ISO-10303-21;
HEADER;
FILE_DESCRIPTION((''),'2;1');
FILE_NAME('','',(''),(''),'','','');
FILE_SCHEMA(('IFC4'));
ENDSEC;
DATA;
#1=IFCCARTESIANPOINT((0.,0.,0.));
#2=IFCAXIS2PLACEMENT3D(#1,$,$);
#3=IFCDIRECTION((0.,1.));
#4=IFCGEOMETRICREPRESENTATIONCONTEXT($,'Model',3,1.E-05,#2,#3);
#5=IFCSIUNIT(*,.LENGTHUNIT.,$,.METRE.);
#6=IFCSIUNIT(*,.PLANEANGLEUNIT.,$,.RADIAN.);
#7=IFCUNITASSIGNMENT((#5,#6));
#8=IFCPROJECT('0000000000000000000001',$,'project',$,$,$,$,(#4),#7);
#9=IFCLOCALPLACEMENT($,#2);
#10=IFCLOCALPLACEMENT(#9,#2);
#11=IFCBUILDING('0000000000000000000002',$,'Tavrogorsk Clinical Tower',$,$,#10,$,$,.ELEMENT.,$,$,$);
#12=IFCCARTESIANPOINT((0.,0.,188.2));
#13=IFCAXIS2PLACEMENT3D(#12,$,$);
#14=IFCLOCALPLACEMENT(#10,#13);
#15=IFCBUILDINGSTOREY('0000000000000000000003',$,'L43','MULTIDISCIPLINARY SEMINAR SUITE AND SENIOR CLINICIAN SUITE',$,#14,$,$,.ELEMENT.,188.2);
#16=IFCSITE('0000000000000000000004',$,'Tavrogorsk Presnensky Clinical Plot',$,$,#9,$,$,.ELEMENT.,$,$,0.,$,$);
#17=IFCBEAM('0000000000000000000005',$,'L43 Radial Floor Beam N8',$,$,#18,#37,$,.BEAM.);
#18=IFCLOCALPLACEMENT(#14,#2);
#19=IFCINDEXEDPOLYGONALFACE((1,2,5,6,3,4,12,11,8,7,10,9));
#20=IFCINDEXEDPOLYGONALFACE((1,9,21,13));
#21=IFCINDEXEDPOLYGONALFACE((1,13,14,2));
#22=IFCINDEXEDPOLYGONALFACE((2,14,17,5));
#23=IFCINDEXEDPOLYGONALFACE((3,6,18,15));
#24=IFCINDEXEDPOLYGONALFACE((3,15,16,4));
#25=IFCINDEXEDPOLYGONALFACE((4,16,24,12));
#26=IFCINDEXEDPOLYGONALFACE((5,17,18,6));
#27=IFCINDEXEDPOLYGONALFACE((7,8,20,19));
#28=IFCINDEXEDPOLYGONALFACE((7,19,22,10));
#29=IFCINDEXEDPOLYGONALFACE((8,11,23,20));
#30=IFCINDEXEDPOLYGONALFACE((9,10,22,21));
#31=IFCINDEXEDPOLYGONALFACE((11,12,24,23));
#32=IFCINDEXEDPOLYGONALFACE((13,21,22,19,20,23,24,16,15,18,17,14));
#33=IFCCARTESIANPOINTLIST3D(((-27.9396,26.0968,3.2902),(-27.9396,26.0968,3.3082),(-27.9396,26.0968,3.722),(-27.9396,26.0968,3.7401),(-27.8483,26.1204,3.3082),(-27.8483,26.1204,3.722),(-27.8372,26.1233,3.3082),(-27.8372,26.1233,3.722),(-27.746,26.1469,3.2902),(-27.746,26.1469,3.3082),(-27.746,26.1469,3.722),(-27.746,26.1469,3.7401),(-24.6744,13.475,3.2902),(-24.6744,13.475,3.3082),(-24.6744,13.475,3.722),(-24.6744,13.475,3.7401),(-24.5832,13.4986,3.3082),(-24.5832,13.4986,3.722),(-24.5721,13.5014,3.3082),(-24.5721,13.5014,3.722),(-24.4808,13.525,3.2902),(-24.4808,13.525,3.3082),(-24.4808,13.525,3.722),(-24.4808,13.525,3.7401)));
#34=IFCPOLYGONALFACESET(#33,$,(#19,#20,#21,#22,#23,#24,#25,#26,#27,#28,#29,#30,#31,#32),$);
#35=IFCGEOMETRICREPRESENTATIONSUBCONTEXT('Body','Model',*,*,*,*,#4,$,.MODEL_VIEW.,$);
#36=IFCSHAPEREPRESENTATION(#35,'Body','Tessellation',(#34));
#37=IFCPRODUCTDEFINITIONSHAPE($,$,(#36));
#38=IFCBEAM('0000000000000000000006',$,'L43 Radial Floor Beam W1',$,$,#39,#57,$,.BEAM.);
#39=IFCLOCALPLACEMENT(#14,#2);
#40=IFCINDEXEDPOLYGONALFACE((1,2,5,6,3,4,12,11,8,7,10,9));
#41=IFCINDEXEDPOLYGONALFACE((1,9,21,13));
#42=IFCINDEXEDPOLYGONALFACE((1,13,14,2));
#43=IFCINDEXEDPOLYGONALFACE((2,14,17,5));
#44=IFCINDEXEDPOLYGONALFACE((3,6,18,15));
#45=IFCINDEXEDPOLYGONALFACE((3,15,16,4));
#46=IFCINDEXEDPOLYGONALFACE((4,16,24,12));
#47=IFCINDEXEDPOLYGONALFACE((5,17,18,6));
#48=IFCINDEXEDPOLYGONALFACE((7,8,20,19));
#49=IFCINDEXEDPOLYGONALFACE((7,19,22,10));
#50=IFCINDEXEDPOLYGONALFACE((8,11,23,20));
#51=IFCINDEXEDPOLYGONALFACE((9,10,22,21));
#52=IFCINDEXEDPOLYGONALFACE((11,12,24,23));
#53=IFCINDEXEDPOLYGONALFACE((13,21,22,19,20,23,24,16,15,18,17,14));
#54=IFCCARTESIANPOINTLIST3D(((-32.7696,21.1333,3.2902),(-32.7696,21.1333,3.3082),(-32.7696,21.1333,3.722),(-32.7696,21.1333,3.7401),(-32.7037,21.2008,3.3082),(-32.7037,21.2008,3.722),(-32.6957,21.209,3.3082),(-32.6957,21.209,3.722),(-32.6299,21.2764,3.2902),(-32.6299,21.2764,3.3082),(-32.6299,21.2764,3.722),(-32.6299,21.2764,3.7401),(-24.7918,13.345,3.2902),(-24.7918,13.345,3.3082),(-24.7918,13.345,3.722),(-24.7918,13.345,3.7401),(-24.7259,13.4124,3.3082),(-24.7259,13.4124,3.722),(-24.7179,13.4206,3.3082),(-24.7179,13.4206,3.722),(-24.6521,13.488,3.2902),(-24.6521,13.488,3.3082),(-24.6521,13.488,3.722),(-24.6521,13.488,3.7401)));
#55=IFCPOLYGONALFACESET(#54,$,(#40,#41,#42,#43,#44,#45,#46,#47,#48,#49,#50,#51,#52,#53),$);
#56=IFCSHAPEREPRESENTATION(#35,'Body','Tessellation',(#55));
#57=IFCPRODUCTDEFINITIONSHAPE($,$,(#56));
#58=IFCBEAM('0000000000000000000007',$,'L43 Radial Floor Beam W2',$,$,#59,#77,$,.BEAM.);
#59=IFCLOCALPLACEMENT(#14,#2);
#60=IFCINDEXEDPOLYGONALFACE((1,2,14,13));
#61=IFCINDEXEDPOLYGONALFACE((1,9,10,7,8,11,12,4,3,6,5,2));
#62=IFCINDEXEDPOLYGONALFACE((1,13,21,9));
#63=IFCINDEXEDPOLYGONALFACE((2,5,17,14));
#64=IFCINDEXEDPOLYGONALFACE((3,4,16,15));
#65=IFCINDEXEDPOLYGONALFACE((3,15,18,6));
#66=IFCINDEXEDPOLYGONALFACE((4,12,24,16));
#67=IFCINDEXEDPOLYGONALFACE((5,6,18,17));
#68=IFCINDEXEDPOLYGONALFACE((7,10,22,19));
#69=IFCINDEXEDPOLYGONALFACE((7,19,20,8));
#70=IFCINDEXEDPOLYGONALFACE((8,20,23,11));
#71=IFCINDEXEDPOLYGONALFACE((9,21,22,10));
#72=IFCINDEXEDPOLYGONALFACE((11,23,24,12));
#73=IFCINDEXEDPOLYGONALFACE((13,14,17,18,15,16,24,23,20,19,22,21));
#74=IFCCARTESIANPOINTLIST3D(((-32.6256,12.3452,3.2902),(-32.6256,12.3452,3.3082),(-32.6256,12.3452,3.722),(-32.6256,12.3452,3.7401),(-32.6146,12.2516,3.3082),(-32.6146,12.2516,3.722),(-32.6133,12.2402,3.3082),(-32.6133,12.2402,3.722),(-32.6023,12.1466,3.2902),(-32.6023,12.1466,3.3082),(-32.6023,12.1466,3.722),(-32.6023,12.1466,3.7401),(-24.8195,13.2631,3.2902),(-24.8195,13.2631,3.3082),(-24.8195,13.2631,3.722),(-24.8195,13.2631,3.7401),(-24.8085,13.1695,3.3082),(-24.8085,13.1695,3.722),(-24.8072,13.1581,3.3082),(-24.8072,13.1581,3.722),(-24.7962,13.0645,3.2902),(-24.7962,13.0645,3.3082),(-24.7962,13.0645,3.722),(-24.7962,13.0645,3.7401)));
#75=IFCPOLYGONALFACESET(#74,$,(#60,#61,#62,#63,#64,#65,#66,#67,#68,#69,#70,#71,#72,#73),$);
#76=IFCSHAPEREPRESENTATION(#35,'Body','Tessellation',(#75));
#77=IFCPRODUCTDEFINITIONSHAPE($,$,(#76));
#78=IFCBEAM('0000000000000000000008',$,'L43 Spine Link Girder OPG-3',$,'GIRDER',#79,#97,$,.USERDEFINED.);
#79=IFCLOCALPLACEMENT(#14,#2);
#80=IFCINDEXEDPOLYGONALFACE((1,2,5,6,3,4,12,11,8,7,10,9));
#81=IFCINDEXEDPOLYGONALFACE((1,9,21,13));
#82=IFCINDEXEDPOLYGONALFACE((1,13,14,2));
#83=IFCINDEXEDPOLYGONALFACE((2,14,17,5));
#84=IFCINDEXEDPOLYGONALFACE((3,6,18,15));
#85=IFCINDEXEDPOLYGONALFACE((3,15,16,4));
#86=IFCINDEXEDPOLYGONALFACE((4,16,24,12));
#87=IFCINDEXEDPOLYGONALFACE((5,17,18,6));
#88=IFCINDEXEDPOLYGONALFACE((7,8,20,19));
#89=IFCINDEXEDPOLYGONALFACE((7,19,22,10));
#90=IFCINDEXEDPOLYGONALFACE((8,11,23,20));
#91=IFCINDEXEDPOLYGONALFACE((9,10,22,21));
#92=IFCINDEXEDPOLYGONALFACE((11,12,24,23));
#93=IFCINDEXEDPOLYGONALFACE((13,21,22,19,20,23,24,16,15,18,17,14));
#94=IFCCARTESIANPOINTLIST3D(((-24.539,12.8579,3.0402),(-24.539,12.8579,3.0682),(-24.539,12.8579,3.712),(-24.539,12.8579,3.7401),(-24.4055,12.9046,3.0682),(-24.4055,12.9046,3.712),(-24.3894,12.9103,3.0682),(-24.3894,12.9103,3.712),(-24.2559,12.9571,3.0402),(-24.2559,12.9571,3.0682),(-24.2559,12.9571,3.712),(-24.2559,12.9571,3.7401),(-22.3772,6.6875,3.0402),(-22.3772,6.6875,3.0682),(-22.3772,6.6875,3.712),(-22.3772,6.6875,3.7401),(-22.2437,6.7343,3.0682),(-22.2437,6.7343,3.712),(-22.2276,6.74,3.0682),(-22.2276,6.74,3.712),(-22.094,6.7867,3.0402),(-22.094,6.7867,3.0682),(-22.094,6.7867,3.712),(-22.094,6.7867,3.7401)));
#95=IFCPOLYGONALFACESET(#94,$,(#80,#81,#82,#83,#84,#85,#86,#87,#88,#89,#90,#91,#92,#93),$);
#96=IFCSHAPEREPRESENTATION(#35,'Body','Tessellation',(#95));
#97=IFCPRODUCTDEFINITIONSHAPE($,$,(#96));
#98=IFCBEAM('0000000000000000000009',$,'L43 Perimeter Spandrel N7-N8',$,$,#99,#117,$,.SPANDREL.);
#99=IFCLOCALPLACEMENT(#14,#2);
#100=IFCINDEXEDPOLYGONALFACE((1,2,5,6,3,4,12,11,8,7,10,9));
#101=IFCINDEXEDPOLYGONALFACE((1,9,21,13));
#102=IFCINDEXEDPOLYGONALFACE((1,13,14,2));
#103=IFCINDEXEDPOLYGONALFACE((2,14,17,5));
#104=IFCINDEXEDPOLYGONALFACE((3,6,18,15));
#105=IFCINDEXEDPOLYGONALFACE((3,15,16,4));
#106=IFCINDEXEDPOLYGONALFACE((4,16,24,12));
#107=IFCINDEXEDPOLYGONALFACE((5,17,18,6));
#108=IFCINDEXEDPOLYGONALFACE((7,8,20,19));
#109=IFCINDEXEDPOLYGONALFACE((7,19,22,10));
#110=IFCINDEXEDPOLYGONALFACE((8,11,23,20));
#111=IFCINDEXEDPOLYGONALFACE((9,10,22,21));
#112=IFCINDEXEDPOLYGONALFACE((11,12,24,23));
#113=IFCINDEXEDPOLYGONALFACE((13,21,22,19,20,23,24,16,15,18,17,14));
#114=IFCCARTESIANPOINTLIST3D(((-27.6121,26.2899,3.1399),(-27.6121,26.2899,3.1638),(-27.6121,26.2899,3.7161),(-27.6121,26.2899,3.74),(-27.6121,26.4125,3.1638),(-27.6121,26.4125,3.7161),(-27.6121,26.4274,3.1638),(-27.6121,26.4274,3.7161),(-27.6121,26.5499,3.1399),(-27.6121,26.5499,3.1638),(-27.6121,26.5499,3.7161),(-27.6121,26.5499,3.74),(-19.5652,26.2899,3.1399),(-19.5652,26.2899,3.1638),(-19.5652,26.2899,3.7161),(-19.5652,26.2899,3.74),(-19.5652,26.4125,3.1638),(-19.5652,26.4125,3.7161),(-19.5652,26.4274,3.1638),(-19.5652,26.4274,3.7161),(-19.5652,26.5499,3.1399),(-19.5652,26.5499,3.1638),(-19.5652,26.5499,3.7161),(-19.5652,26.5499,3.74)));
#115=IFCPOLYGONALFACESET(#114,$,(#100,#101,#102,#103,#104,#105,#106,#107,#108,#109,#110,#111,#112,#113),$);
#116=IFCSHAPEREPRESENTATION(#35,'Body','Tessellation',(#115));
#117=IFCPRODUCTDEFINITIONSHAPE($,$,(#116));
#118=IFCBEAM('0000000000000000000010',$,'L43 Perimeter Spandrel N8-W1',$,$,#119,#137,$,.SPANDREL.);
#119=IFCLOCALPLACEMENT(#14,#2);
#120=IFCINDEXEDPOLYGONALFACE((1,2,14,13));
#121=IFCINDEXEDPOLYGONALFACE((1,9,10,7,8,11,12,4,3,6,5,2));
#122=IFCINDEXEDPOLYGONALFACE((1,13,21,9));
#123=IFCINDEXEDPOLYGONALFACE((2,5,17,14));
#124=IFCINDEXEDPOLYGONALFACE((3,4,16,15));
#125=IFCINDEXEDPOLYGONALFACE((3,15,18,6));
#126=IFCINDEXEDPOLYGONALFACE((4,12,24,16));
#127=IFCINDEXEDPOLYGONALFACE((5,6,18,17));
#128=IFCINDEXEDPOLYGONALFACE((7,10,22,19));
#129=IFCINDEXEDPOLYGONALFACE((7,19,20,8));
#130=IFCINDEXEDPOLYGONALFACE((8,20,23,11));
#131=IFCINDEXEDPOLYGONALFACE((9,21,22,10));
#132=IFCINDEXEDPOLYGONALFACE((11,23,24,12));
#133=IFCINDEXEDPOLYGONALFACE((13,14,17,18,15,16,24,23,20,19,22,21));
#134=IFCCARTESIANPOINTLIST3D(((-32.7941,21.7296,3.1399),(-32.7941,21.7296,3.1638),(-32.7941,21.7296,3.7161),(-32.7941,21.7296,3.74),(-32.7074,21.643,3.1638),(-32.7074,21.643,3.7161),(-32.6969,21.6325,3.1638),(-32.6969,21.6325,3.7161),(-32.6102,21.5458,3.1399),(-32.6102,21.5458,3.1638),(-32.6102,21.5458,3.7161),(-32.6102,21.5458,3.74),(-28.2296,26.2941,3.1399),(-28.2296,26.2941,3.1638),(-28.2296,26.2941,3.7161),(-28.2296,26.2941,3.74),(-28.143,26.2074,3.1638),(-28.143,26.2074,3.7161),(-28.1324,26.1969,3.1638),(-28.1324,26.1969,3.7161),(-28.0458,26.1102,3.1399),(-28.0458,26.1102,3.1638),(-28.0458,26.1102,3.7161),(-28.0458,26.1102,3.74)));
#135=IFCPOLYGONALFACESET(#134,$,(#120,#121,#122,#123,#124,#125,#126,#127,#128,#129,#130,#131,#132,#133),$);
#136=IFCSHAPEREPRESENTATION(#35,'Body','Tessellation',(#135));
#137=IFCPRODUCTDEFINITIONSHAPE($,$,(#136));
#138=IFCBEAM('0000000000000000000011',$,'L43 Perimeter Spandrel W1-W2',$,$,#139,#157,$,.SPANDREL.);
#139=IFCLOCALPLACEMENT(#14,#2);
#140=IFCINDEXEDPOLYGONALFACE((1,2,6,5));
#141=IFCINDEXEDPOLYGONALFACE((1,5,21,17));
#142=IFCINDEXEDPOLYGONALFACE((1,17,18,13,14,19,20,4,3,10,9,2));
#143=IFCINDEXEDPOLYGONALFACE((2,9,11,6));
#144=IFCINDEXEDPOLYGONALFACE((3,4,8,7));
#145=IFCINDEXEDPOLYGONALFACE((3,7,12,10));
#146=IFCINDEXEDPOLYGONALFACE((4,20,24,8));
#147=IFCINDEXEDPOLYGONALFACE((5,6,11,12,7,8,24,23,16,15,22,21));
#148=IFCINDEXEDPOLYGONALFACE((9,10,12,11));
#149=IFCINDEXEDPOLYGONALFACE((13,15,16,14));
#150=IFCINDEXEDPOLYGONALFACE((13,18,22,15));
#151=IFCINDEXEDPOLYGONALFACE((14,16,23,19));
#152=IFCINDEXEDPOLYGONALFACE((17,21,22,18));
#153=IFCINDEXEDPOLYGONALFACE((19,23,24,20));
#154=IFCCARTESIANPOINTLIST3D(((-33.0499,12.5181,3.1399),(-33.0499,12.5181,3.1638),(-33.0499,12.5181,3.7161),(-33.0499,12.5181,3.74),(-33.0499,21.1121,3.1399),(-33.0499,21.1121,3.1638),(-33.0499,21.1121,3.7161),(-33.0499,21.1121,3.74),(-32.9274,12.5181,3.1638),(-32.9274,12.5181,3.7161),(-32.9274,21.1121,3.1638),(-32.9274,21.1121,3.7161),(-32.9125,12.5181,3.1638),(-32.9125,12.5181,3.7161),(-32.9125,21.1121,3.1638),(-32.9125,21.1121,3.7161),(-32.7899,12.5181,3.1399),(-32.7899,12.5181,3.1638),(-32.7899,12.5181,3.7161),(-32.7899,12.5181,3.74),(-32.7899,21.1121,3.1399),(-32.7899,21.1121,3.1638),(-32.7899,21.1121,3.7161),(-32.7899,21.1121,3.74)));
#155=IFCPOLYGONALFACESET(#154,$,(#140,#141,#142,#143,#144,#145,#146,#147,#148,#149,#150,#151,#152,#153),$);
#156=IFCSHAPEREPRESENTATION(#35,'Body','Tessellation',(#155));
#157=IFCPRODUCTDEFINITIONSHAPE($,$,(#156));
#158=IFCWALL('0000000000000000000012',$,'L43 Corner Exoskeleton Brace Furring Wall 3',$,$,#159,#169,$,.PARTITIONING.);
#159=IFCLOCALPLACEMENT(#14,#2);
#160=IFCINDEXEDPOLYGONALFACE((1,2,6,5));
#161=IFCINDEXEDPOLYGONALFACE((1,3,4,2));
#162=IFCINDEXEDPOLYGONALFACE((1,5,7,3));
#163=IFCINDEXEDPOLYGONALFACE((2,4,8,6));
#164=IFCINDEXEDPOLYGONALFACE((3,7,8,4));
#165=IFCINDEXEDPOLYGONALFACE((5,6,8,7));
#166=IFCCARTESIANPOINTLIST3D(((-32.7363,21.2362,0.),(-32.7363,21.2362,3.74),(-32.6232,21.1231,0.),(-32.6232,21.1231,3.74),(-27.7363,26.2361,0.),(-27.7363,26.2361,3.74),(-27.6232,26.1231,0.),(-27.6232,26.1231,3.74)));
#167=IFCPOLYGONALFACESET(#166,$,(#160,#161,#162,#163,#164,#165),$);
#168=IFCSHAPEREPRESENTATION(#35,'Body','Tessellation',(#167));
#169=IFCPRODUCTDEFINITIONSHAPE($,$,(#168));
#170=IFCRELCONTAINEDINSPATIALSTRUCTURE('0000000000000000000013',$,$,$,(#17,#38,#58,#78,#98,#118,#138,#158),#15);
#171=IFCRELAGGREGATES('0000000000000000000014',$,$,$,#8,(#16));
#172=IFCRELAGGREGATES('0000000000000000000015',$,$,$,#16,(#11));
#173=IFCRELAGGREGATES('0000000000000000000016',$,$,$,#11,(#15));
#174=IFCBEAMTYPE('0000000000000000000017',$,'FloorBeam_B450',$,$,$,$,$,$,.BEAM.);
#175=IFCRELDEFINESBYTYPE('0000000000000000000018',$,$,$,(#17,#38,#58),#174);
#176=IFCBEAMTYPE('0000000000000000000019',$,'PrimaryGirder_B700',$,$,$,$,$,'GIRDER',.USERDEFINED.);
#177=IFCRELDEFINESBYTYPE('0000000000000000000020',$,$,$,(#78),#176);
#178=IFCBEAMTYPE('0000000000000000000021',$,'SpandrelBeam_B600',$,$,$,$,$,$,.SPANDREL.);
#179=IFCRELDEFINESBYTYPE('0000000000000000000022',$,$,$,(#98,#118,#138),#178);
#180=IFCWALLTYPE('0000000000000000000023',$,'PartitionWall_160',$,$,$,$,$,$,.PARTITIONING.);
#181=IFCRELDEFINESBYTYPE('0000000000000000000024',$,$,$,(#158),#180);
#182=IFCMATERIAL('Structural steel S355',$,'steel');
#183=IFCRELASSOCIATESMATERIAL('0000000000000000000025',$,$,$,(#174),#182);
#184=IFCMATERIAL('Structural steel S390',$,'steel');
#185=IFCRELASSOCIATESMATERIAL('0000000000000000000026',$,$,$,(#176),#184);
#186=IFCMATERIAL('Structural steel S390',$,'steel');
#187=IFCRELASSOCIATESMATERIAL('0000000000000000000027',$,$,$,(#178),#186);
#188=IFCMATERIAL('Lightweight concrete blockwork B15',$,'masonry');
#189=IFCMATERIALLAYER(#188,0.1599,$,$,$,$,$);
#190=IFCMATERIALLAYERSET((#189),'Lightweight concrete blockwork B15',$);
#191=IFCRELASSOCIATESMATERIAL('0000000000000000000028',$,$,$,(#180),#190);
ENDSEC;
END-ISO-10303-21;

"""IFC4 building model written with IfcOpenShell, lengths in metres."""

from ifc_helpers import new_model, si_unit, direction, frame, frame_2d, origin, origin_2d, place, context, subcontext, project, spatial, rectangle, i_section, extrude, material, layer, layer_set, material_profile, profile_set, type_object, element, save


model = new_model("IFC4")

# Units and contexts
model_context = context("Model", 3, precision=1e-05, world=origin(), true_north=direction((0.0, 1.0)))
body_context = subcontext(model_context, "Body", "Model", "MODEL_VIEW")
ifc_project = project(units=[si_unit("LENGTHUNIT", "METRE"), si_unit("PLANEANGLEUNIT", "RADIAN")], contexts=[model_context])

# Site, building, storey
site_placement = place(None, origin())
site = spatial("IfcSite", under=ifc_project, at=site_placement, Name="Tavrogorsk Presnensky Clinical Plot", CompositionType="ELEMENT", RefElevation=0.0)
building_placement = place(site_placement, origin())
building = spatial("IfcBuilding", under=site, at=building_placement, Name="Tavrogorsk Clinical Tower", CompositionType="ELEMENT")
storey_placement = place(building_placement, frame((0.0, 0.0, 188.2)))
storey = spatial("IfcBuildingStorey", under=building, at=storey_placement, Name="L43", Description="MULTIDISCIPLINARY SEMINAR SUITE AND SENIOR CLINICIAN SUITE", CompositionType="ELEMENT", Elevation=188.2)

# Beams
ifc_material_1 = material(Name="Structural steel S355", Category="steel")
ifc_material_profile_1 = material_profile(ifc_material_1, i_section(OverallWidth=0.2, OverallDepth=0.45, WebThickness=0.0115, FlangeThickness=0.0181, at=origin_2d()), Name="B-450x200x11.5x18")
ifc_profile_set_1 = profile_set([ifc_material_profile_1], Name="Structural steel S355")
beam_type_1 = type_object("IfcBeamType", Name="FloorBeam_B450", PredefinedType="BEAM", material=ifc_profile_set_1)
beam_1_placement = place(storey_placement, frame((-24.5776, 13.5, 3.5151), z_axis=(-0.250445, 0.968131, 0.0), x_axis=(-0.968131, -0.250445, 0.0)))
element("IfcBeam", 1, at=beam_1_placement, inside=storey, type_object=beam_type_1, Name="L43 Radial Floor Beam N8", PredefinedType="BEAM", context=body_context, shape_type="SweptSolid", body=[
    extrude(i_section(OverallWidth=0.2, OverallDepth=0.45, WebThickness=0.0115, FlangeThickness=0.0181, at=origin_2d()), origin(), (0.0, 0.0, 1.0), 13.0374),
])
beam_2_placement = place(storey_placement, frame((-24.7219, 13.4165, 3.5151), z_axis=(-0.715552, 0.698559, 0.0), x_axis=(-0.698559, -0.715552, 0.0)))
element("IfcBeam", 2, at=beam_2_placement, inside=storey, type_object=beam_type_1, Name="L43 Radial Floor Beam W1", PredefinedType="BEAM", context=body_context, shape_type="SweptSolid", body=[
    extrude(i_section(OverallWidth=0.2, OverallDepth=0.45, WebThickness=0.0115, FlangeThickness=0.0181, at=origin_2d()), origin(), (0.0, 0.0, 1.0), 11.1492),
])
beam_3_placement = place(storey_placement, frame((-24.8079, 13.1638, 3.5151), z_axis=(-0.993157, -0.116791, 0.0), x_axis=(0.116791, -0.993157, 0.0)))
element("IfcBeam", 3, at=beam_3_placement, inside=storey, type_object=beam_type_1, Name="L43 Radial Floor Beam W2", PredefinedType="BEAM", context=body_context, shape_type="SweptSolid", body=[
    extrude(i_section(OverallWidth=0.2, OverallDepth=0.45, WebThickness=0.0115, FlangeThickness=0.0181, at=origin_2d()), origin(), (0.0, 0.0, 1.0), 7.8599),
])
ifc_material_2 = material(Name="Structural steel S390", Category="steel")
ifc_material_profile_2 = material_profile(ifc_material_2, i_section(OverallWidth=0.3, OverallDepth=0.7, WebThickness=0.0171, FlangeThickness=0.0281, at=origin_2d()), Name="B-700x300x17x28")
ifc_profile_set_2 = profile_set([ifc_material_profile_2], Name="Structural steel S390")
beam_type_2 = type_object("IfcBeamType", Name="PrimaryGirder_B700", ElementType="GIRDER", PredefinedType="USERDEFINED", material=ifc_profile_set_2)
beam_4_placement = place(storey_placement, frame((-24.3975, 12.9075, 3.3901), z_axis=(0.330653, -0.943752, 0.0), x_axis=(0.943752, 0.330653, 0.0)))
element("IfcBeam", 4, at=beam_4_placement, inside=storey, type_object=beam_type_2, Name="L43 Spine Link Girder OPG-3", ObjectType="GIRDER", PredefinedType="USERDEFINED", context=body_context, shape_type="SweptSolid", body=[
    extrude(i_section(OverallWidth=0.3, OverallDepth=0.7, WebThickness=0.0171, FlangeThickness=0.0281, at=origin_2d()), origin(), (0.0, 0.0, 1.0), 6.5381),
])
ifc_material_3 = material(Name="Structural steel S390", Category="steel")
ifc_material_profile_3 = material_profile(ifc_material_3, i_section(OverallWidth=0.26, OverallDepth=0.6001, WebThickness=0.0149, FlangeThickness=0.0239, at=origin_2d()), Name="B-600x260x15x24")
ifc_profile_set_3 = profile_set([ifc_material_profile_3], Name="Structural steel S390")
beam_type_3 = type_object("IfcBeamType", Name="SpandrelBeam_B600", PredefinedType="SPANDREL", material=ifc_profile_set_3)
beam_5_placement = place(storey_placement, frame((-19.5652, 26.4199, 3.4399), z_axis=(-1.0, 0.0, 0.0), x_axis=(0.0, -1.0, 0.0)))
element("IfcBeam", 5, at=beam_5_placement, inside=storey, type_object=beam_type_3, Name="L43 Perimeter Spandrel N7-N8", PredefinedType="SPANDREL", context=body_context, shape_type="SweptSolid", body=[
    extrude(i_section(OverallWidth=0.26, OverallDepth=0.6001, WebThickness=0.0149, FlangeThickness=0.0239, at=origin_2d()), origin(), (0.0, 0.0, 1.0), 8.0469),
])
beam_6_placement = place(storey_placement, frame((-28.1377, 26.2021, 3.4399), z_axis=(-0.707107, -0.707107, 0.0), x_axis=(0.707107, -0.707107, 0.0)))
element("IfcBeam", 6, at=beam_6_placement, inside=storey, type_object=beam_type_3, Name="L43 Perimeter Spandrel N8-W1", PredefinedType="SPANDREL", context=body_context, shape_type="SweptSolid", body=[
    extrude(i_section(OverallWidth=0.26, OverallDepth=0.6001, WebThickness=0.0149, FlangeThickness=0.0239, at=origin_2d()), origin(), (0.0, 0.0, 1.0), 6.4551),
])
beam_7_placement = place(storey_placement, frame((-32.9199, 21.1121, 3.4399), z_axis=(0.0, -1.0, 0.0), x_axis=(1.0, 0.0, 0.0)))
element("IfcBeam", 7, at=beam_7_placement, inside=storey, type_object=beam_type_3, Name="L43 Perimeter Spandrel W1-W2", PredefinedType="SPANDREL", context=body_context, shape_type="SweptSolid", body=[
    extrude(i_section(OverallWidth=0.26, OverallDepth=0.6001, WebThickness=0.0149, FlangeThickness=0.0239, at=origin_2d()), origin(), (0.0, 0.0, 1.0), 8.594),
])

# Wall
ifc_material_4 = material(Name="Lightweight concrete blockwork B15", Category="masonry")
ifc_layer_1 = layer(ifc_material_4, 0.1599)
ifc_layer_set_1 = layer_set([ifc_layer_1], Name="Lightweight concrete blockwork B15")
wall_type_1 = type_object("IfcWallType", Name="PartitionWall_160", PredefinedType="PARTITIONING", material=ifc_layer_set_1)
wall_1_placement = place(storey_placement, frame((-27.6797, 26.1797, 0.0), z_axis=(0.0, 0.0, 1.0), x_axis=(-0.707107, -0.707107, 0.0)))
element("IfcWall", 8, at=wall_1_placement, inside=storey, type_object=wall_type_1, Name="L43 Corner Exoskeleton Brace Furring Wall 3", PredefinedType="PARTITIONING", context=body_context, shape_type="SweptSolid", body=[
    extrude(rectangle(XDim=7.071, YDim=0.1599, at=frame_2d((3.5356, 0.0))), origin(), (0.0, 0.0, 1.0), 3.74),
])

save(model, "model.ifc")
